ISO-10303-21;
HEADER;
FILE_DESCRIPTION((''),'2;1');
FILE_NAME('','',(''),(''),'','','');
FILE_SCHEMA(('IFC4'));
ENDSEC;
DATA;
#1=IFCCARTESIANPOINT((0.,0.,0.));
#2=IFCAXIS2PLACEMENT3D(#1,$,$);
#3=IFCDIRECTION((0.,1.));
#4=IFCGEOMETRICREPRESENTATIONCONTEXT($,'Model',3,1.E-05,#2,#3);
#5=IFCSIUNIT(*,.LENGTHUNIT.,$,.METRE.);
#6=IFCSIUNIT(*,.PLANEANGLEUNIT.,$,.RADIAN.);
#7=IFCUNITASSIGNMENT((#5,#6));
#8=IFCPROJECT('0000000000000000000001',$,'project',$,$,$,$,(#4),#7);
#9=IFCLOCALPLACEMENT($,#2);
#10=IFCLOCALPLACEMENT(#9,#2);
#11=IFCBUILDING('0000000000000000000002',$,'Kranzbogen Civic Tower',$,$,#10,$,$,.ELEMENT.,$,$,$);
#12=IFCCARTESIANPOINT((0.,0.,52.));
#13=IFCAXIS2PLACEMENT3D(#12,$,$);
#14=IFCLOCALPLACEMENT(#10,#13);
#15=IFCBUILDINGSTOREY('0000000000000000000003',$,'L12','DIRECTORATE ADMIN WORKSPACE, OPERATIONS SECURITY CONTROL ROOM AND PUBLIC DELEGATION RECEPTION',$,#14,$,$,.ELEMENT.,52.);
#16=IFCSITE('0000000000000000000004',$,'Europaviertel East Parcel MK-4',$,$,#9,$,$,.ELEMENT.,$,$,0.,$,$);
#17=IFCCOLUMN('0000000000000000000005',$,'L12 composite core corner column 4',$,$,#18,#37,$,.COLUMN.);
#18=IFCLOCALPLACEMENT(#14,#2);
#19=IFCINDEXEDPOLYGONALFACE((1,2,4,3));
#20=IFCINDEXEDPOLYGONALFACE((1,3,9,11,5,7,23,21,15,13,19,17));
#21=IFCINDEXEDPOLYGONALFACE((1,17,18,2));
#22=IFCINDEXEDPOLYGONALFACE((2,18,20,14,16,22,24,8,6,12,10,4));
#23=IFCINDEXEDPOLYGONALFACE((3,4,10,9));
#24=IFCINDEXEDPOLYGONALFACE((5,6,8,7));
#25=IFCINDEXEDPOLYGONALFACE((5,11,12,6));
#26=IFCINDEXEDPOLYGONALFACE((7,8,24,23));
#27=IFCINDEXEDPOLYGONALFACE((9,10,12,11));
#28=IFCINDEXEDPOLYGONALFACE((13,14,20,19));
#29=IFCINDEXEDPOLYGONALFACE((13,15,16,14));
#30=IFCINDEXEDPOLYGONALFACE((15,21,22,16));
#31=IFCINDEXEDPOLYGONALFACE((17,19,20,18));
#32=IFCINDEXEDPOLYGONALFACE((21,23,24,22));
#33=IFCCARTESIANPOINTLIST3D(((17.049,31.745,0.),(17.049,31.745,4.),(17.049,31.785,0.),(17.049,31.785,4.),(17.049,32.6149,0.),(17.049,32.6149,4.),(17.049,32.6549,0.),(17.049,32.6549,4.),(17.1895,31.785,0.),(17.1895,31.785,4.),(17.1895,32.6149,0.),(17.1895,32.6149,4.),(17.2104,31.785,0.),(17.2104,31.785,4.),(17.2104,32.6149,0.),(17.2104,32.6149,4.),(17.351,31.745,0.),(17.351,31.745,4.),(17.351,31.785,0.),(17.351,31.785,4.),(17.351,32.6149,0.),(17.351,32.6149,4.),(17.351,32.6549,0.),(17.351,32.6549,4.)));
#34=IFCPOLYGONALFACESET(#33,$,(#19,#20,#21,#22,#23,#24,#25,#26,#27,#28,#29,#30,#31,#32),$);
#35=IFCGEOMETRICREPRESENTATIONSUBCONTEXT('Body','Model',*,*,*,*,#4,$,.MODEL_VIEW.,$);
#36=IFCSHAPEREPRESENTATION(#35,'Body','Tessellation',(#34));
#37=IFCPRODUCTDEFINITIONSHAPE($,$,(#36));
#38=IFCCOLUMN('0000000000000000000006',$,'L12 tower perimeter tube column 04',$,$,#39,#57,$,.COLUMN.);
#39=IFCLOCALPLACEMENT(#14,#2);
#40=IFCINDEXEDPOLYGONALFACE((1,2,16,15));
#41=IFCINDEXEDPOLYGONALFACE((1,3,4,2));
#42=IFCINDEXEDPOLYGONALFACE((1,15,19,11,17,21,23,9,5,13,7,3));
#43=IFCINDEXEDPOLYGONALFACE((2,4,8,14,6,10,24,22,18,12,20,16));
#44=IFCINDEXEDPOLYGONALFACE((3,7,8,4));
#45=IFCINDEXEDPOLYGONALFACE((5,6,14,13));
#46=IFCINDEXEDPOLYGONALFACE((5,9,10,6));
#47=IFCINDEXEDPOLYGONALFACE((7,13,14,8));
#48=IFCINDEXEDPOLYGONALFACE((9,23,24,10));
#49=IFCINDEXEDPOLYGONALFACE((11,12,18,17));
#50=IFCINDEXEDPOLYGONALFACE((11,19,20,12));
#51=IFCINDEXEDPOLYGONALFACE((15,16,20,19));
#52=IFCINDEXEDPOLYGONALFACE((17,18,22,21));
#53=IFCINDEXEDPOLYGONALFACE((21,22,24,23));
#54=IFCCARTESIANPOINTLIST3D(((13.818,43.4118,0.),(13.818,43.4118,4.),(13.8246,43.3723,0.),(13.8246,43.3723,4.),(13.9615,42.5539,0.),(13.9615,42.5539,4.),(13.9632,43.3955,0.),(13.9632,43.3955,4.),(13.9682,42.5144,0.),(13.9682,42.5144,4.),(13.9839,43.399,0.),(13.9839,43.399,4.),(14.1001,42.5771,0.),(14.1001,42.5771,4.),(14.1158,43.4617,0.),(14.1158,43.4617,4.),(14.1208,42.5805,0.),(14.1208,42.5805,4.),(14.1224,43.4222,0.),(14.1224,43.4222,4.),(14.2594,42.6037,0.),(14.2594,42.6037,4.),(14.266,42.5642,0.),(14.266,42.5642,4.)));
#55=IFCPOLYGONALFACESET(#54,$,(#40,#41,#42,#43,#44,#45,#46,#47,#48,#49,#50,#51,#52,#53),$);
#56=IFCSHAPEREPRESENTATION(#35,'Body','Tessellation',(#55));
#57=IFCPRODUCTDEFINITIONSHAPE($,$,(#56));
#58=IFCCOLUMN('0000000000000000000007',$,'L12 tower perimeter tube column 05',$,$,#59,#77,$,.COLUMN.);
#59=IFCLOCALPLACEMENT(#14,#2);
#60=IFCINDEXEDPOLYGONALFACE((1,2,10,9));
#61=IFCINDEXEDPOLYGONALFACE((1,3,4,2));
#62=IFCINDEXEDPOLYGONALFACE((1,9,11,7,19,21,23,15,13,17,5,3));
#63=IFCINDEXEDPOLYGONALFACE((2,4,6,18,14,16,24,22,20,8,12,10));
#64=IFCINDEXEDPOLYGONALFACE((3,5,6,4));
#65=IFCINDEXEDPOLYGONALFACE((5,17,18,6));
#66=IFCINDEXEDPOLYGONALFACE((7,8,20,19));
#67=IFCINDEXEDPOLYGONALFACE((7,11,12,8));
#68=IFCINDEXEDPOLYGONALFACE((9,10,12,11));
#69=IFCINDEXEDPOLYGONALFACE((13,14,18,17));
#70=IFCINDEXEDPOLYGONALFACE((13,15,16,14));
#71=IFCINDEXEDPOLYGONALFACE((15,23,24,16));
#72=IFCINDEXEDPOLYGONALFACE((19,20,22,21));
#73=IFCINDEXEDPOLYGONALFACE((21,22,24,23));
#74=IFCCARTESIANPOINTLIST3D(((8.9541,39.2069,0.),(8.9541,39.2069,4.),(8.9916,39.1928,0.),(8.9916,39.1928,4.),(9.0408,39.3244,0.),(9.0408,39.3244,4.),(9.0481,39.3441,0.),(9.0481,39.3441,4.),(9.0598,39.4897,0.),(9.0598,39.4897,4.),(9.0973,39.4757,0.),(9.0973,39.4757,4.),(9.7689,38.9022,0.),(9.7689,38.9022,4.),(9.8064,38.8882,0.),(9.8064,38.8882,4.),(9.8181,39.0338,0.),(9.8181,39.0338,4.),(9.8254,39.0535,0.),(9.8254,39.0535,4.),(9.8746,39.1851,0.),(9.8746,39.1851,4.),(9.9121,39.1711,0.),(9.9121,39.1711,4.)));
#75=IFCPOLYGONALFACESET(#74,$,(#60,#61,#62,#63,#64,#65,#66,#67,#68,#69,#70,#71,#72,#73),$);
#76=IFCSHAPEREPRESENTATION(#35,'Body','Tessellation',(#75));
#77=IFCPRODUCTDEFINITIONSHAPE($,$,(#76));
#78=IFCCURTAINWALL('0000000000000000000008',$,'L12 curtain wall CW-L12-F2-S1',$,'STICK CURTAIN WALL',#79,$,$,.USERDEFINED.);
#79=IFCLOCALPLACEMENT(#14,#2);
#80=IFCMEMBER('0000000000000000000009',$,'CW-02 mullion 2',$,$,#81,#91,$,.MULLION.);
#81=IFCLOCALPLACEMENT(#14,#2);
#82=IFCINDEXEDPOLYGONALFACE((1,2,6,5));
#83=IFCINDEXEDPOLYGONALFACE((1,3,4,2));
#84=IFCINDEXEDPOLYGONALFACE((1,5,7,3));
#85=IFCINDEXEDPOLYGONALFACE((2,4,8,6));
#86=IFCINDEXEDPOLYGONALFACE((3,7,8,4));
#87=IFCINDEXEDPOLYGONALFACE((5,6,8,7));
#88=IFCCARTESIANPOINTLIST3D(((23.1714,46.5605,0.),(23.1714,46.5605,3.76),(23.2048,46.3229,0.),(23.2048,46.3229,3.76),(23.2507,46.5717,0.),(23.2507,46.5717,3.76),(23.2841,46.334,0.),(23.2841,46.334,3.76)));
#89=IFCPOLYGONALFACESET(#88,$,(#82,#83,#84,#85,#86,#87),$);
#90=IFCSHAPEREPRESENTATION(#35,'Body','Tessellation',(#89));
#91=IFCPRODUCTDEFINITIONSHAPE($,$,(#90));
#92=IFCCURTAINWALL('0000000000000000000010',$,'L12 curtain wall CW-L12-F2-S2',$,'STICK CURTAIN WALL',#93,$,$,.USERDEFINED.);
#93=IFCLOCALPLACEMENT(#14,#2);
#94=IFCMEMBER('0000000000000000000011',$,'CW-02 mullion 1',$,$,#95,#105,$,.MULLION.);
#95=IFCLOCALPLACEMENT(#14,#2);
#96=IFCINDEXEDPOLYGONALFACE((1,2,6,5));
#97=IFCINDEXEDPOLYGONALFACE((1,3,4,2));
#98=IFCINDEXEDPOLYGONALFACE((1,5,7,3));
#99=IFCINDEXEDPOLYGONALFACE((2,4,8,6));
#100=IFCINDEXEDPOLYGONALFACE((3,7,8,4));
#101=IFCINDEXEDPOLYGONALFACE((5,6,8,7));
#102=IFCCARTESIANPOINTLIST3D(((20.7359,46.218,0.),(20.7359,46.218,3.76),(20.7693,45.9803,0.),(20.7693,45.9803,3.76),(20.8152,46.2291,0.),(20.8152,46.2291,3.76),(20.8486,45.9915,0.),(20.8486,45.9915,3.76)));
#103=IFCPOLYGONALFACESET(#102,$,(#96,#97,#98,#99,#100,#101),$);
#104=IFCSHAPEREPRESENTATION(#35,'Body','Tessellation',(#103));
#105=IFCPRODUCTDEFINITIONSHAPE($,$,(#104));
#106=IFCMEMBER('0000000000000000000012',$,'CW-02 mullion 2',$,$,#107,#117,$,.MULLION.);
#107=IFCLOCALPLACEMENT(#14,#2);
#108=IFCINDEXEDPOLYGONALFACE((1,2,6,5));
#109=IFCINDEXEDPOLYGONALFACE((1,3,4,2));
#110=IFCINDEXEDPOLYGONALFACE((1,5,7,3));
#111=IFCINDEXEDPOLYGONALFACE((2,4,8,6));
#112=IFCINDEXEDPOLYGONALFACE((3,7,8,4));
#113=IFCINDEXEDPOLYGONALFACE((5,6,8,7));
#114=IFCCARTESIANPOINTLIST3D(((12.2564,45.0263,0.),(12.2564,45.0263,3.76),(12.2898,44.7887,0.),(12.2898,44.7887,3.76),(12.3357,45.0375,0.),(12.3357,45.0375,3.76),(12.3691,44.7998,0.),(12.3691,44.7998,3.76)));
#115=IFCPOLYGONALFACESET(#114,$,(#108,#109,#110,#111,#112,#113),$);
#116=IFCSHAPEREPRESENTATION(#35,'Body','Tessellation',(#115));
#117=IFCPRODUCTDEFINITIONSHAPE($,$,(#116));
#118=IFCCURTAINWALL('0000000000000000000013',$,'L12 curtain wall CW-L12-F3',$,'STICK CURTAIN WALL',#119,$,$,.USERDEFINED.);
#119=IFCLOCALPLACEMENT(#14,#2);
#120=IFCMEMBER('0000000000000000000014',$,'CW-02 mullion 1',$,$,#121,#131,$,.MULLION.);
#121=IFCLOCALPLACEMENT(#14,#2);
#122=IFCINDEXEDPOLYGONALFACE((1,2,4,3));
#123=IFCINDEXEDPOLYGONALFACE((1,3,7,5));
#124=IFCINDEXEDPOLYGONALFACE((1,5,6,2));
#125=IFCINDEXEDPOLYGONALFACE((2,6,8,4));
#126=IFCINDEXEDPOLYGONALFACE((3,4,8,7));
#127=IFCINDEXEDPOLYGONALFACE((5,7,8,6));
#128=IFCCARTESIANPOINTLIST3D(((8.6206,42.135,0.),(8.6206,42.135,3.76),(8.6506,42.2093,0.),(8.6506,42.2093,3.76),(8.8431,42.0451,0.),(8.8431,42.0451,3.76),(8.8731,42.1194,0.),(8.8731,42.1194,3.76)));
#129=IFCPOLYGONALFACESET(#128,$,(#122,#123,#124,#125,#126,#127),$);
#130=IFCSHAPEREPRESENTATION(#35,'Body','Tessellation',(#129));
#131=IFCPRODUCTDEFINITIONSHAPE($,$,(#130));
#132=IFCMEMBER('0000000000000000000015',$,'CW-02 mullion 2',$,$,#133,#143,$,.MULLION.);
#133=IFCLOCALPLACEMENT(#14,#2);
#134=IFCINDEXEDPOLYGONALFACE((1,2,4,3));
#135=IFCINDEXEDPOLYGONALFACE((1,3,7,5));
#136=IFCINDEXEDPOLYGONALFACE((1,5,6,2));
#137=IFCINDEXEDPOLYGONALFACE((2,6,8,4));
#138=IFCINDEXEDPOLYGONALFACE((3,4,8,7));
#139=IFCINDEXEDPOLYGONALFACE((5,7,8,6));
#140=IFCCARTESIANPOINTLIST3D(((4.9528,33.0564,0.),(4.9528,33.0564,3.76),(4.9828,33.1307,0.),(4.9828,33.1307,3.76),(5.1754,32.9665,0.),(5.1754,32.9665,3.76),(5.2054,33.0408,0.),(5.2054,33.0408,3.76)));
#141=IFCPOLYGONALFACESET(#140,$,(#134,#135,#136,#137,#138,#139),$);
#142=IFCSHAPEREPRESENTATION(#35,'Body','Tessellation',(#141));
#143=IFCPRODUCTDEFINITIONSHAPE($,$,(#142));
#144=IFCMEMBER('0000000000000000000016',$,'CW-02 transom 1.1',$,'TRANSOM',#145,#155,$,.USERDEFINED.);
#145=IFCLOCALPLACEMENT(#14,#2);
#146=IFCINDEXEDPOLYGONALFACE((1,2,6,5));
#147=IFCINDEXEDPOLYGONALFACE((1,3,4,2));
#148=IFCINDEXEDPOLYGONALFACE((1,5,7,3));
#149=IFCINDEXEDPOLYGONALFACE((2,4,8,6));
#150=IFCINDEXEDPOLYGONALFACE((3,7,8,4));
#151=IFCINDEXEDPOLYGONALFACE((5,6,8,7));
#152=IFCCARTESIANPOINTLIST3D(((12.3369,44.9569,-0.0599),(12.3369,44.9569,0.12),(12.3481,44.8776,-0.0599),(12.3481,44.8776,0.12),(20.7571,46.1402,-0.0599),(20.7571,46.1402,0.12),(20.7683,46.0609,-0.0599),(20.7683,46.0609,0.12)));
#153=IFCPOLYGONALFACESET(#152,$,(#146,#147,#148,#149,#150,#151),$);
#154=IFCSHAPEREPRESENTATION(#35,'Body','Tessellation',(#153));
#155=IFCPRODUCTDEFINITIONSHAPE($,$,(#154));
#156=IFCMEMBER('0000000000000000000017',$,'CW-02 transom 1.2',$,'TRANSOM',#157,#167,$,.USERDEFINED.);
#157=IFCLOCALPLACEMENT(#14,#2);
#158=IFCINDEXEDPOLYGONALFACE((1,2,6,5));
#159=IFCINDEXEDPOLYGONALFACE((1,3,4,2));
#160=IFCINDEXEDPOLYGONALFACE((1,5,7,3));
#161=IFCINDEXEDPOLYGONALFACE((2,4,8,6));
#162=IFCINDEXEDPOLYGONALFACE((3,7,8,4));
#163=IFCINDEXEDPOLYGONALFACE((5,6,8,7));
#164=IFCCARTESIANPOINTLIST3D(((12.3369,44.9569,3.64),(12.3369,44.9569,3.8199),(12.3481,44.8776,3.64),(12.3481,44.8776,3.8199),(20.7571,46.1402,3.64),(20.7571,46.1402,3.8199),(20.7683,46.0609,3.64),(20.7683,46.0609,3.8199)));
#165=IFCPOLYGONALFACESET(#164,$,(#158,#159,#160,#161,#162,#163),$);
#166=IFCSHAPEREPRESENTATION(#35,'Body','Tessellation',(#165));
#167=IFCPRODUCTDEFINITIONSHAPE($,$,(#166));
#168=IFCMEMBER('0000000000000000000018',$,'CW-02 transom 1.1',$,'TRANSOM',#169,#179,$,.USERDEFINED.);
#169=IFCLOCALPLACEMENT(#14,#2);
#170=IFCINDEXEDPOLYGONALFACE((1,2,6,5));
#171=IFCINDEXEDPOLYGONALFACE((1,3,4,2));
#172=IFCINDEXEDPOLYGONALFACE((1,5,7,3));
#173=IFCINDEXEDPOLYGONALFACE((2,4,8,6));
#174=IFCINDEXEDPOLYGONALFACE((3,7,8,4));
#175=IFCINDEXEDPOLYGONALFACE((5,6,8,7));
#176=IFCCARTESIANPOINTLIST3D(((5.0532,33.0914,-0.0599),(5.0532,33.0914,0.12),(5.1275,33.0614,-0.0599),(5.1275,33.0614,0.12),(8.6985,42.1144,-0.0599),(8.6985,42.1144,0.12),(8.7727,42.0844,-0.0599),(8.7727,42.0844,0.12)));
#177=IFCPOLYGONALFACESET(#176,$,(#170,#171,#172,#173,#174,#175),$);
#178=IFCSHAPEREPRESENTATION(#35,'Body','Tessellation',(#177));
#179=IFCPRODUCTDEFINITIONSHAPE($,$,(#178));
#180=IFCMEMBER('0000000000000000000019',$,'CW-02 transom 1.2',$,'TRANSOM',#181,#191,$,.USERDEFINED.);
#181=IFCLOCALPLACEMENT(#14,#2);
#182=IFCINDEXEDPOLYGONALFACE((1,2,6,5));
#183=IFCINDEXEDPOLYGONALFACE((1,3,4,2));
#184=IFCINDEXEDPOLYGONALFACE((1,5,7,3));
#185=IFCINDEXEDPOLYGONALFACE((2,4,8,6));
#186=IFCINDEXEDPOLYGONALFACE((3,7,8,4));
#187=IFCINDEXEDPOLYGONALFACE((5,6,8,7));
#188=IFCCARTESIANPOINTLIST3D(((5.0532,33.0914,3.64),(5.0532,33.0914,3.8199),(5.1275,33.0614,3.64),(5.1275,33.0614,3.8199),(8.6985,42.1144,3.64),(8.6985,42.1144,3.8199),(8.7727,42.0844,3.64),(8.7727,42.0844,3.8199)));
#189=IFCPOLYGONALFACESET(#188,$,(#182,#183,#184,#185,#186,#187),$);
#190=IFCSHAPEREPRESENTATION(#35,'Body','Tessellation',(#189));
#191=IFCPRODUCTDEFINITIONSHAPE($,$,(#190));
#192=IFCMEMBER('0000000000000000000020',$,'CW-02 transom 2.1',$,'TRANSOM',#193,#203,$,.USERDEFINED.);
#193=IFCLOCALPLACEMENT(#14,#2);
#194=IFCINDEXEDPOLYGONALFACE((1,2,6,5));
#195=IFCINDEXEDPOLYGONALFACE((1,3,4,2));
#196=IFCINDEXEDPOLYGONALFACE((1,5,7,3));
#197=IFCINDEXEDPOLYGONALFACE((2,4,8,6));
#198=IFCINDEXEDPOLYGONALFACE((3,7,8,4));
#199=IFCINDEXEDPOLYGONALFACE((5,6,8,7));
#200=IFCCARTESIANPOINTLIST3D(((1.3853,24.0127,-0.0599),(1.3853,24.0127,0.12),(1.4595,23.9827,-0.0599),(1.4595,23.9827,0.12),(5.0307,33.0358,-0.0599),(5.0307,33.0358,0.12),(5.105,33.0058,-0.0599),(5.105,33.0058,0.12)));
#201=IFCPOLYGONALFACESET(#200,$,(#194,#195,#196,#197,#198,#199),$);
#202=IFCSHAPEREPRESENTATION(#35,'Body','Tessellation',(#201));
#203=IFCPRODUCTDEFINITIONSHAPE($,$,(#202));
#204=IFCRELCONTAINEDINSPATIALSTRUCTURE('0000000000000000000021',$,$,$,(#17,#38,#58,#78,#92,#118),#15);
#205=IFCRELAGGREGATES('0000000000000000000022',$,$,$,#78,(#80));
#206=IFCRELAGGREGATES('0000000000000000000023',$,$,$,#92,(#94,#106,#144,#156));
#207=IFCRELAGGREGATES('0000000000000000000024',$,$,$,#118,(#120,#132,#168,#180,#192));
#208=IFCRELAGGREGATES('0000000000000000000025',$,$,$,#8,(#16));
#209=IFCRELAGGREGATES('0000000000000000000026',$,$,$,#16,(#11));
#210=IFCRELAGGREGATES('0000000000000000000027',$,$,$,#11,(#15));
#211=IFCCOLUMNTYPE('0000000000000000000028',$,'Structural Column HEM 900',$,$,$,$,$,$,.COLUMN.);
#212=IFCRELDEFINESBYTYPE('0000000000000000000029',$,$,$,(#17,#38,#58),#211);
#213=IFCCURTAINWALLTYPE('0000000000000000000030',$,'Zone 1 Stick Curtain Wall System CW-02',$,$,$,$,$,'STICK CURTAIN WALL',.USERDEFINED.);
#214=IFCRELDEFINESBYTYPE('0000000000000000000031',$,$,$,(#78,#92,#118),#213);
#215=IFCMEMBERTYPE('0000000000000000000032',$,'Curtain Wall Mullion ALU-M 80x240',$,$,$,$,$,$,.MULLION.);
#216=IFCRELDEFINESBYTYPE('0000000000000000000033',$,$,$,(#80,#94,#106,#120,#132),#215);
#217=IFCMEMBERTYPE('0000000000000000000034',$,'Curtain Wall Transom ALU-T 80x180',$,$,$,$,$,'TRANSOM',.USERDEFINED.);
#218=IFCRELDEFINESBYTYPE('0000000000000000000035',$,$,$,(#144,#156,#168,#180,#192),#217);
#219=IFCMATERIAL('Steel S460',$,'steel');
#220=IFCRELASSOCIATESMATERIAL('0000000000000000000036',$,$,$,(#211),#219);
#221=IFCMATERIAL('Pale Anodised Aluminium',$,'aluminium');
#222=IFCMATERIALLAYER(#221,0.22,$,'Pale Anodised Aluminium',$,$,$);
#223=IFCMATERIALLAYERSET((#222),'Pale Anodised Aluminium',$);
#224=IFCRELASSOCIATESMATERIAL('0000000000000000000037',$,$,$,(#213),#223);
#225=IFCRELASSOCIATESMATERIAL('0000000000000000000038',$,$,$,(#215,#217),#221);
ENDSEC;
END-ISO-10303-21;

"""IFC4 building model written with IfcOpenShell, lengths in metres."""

from ifc_helpers import new_model, si_unit, direction, frame, origin, origin_2d, place, context, subcontext, project, spatial, rectangle, i_section, extrude, material, layer, layer_set, material_profile, profile_set, type_object, element, aggregate, save


model = new_model("IFC4")

# Units and contexts
model_context = context("Model", 3, precision=1e-05, world=origin(), true_north=direction((0.0, 1.0)))
body_context = subcontext(model_context, "Body", "Model", "MODEL_VIEW")
ifc_project = project(units=[si_unit("LENGTHUNIT", "METRE"), si_unit("PLANEANGLEUNIT", "RADIAN")], contexts=[model_context])

# Site, building, storey
site_placement = place(None, origin())
site = spatial("IfcSite", under=ifc_project, at=site_placement, Name="Europaviertel East Parcel MK-4", CompositionType="ELEMENT", RefElevation=0.0)
building_placement = place(site_placement, origin())
building = spatial("IfcBuilding", under=site, at=building_placement, Name="Kranzbogen Civic Tower", CompositionType="ELEMENT")
storey_placement = place(building_placement, frame((0.0, 0.0, 52.0)))
storey = spatial("IfcBuildingStorey", under=building, at=storey_placement, Name="L12", Description="DIRECTORATE ADMIN WORKSPACE, OPERATIONS SECURITY CONTROL ROOM AND PUBLIC DELEGATION RECEPTION", CompositionType="ELEMENT", Elevation=52.0)

# Columns
ifc_material_1 = material(Name="Steel S460", Category="steel")
ifc_material_profile_1 = material_profile(ifc_material_1, i_section(OverallWidth=0.302, OverallDepth=0.9099, WebThickness=0.021, FlangeThickness=0.04, at=origin_2d()), Name="HEM 900")
ifc_profile_set_1 = profile_set([ifc_material_profile_1], Name="Steel S460")
column_type = type_object("IfcColumnType", Name="Structural Column HEM 900", PredefinedType="COLUMN", material=ifc_profile_set_1)
for number, where, z_axis, x_axis, name in (
    (1, (17.2, 32.2, 0.0), (0.0, 0.0, 1.0), (1.0, 0.0, 0.0), "L12 composite core corner column 4"),
    (2, (14.042, 42.988, 0.0), (0.0, 0.0, 1.0), (0.986286, 0.165048, 0.0), "L12 tower perimeter tube column 04"),
    (3, (9.4331, 39.189, 0.0), (0.0, 0.0, 1.0), (0.350207, 0.936672, 0.0), "L12 tower perimeter tube column 05"),
):
    element("IfcColumn", number, at=place(storey_placement, frame(where, z_axis=z_axis, x_axis=x_axis)), inside=storey, type_object=column_type, Name=name, PredefinedType="COLUMN", context=body_context, shape_type="SweptSolid", body=[
        extrude(i_section(OverallWidth=0.302, OverallDepth=0.9099, WebThickness=0.021, FlangeThickness=0.04, at=origin_2d()), origin(), (0.0, 0.0, 1.0), 4.0),
    ])

# Curtain wall, member
ifc_material_2 = material(Name="Pale Anodised Aluminium", Category="aluminium")
ifc_layer_1 = layer(ifc_material_2, 0.22, Name="Pale Anodised Aluminium")
ifc_layer_set_1 = layer_set([ifc_layer_1], Name="Pale Anodised Aluminium")
curtain_wall_type = type_object("IfcCurtainWallType", Name="Zone 1 Stick Curtain Wall System CW-02", ElementType="STICK CURTAIN WALL", PredefinedType="USERDEFINED", material=ifc_layer_set_1)
curtain_wall_1_placement = place(storey_placement, origin())
curtain_wall_1 = element("IfcCurtainWall", 4, at=curtain_wall_1_placement, inside=storey, type_object=curtain_wall_type, Name="L12 curtain wall CW-L12-F2-S1", ObjectType="STICK CURTAIN WALL", PredefinedType="USERDEFINED")
ifc_material_profile_2 = material_profile(ifc_material_2, rectangle(XDim=0.0801, YDim=0.24, at=origin_2d()), Name="ALU-M 80x240")
ifc_profile_set_2 = profile_set([ifc_material_profile_2], Name="Pale Anodised Aluminium")
member_type_1 = type_object("IfcMemberType", Name="Curtain Wall Mullion ALU-M 80x240", PredefinedType="MULLION", material=ifc_profile_set_2)
member_1_placement = place(storey_placement, frame((23.2278, 46.4473, 0.0), z_axis=(0.0, 0.0, 1.0), x_axis=(-0.990267, -0.13918, 0.0)))
member_1 = element("IfcMember", 5, at=member_1_placement, type_object=member_type_1, Name="CW-02 mullion 2", PredefinedType="MULLION", context=body_context, shape_type="SweptSolid", body=[
    extrude(rectangle(XDim=0.0801, YDim=0.24, at=origin_2d()), origin(), (0.0, 0.0, 1.0), 3.76),
])
aggregate(curtain_wall_1, [member_1])

# Curtain walls, members
curtain_wall_2_placement = place(storey_placement, origin())
curtain_wall_2 = element("IfcCurtainWall", 6, at=curtain_wall_2_placement, inside=storey, type_object=curtain_wall_type, Name="L12 curtain wall CW-L12-F2-S2", ObjectType="STICK CURTAIN WALL", PredefinedType="USERDEFINED")
member_2_placement = place(storey_placement, frame((20.7922, 46.1047, 0.0), z_axis=(0.0, 0.0, 1.0), x_axis=(-0.990269, -0.139164, 0.0)))
member_2 = element("IfcMember", 7, at=member_2_placement, type_object=member_type_1, Name="CW-02 mullion 1", PredefinedType="MULLION", context=body_context, shape_type="SweptSolid", body=[
    extrude(rectangle(XDim=0.0801, YDim=0.24, at=origin_2d()), origin(), (0.0, 0.0, 1.0), 3.76),
])
member_3_placement = place(storey_placement, frame((12.3127, 44.9131, 0.0), z_axis=(0.0, 0.0, 1.0), x_axis=(-0.990269, -0.139164, 0.0)))
member_3 = element("IfcMember", 8, at=member_3_placement, type_object=member_type_1, Name="CW-02 mullion 2", PredefinedType="MULLION", context=body_context, shape_type="SweptSolid", body=[
    extrude(rectangle(XDim=0.0801, YDim=0.24, at=origin_2d()), origin(), (0.0, 0.0, 1.0), 3.76),
])
curtain_wall_3_placement = place(storey_placement, origin())
curtain_wall_3 = element("IfcCurtainWall", 9, at=curtain_wall_3_placement, inside=storey, type_object=curtain_wall_type, Name="L12 curtain wall CW-L12-F3", ObjectType="STICK CURTAIN WALL", PredefinedType="USERDEFINED")
member_4_placement = place(storey_placement, frame((8.7468, 42.1272, 0.0), z_axis=(0.0, 0.0, 1.0), x_axis=(-0.374583, -0.927193, 0.0)))
member_4 = element("IfcMember", 10, at=member_4_placement, type_object=member_type_1, Name="CW-02 mullion 1", PredefinedType="MULLION", context=body_context, shape_type="SweptSolid", body=[
    extrude(rectangle(XDim=0.0801, YDim=0.24, at=origin_2d()), origin(), (0.0, 0.0, 1.0), 3.76),
])
member_5_placement = place(storey_placement, frame((5.0791, 33.0486, 0.0), z_axis=(0.0, 0.0, 1.0), x_axis=(-0.374583, -0.927193, 0.0)))
member_5 = element("IfcMember", 11, at=member_5_placement, type_object=member_type_1, Name="CW-02 mullion 2", PredefinedType="MULLION", context=body_context, shape_type="SweptSolid", body=[
    extrude(rectangle(XDim=0.0801, YDim=0.24, at=origin_2d()), origin(), (0.0, 0.0, 1.0), 3.76),
])

# Members
ifc_material_profile_3 = material_profile(ifc_material_2, rectangle(XDim=0.0801, YDim=0.1799, at=origin_2d()), Name="ALU-T 80x180")
ifc_profile_set_3 = profile_set([ifc_material_profile_3], Name="Pale Anodised Aluminium")
member_type_2 = type_object("IfcMemberType", Name="Curtain Wall Transom ALU-T 80x180", ElementType="TRANSOM", PredefinedType="USERDEFINED", material=ifc_profile_set_3)
member_6_placement = place(storey_placement, frame((20.7627, 46.1006, 0.03), z_axis=(-0.990269, -0.13917, 0.0), x_axis=(0.13917, -0.990269, 0.0)))
member_6 = element("IfcMember", 12, at=member_6_placement, type_object=member_type_2, Name="CW-02 transom 1.1", ObjectType="TRANSOM", PredefinedType="USERDEFINED", context=body_context, shape_type="SweptSolid", body=[
    extrude(rectangle(XDim=0.0801, YDim=0.1799, at=origin_2d()), origin(), (0.0, 0.0, 1.0), 8.5029),
])
member_7_placement = place(storey_placement, frame((20.7627, 46.1006, 3.73), z_axis=(-0.990269, -0.13917, 0.0), x_axis=(0.13917, -0.990269, 0.0)))
member_7 = element("IfcMember", 13, at=member_7_placement, type_object=member_type_2, Name="CW-02 transom 1.2", ObjectType="TRANSOM", PredefinedType="USERDEFINED", context=body_context, shape_type="SweptSolid", body=[
    extrude(rectangle(XDim=0.0801, YDim=0.1799, at=origin_2d()), origin(), (0.0, 0.0, 1.0), 8.5029),
])
member_8_placement = place(storey_placement, frame((8.7356, 42.0994, 0.03), z_axis=(-0.374585, -0.927193, 0.0), x_axis=(0.927193, -0.374585, 0.0)))
member_8 = element("IfcMember", 14, at=member_8_placement, type_object=member_type_2, Name="CW-02 transom 1.1", ObjectType="TRANSOM", PredefinedType="USERDEFINED", context=body_context, shape_type="SweptSolid", body=[
    extrude(rectangle(XDim=0.0801, YDim=0.1799, at=origin_2d()), origin(), (0.0, 0.0, 1.0), 9.7314),
])
member_9_placement = place(storey_placement, frame((8.7356, 42.0994, 3.73), z_axis=(-0.374585, -0.927193, 0.0), x_axis=(0.927193, -0.374585, 0.0)))
member_9 = element("IfcMember", 15, at=member_9_placement, type_object=member_type_2, Name="CW-02 transom 1.2", ObjectType="TRANSOM", PredefinedType="USERDEFINED", context=body_context, shape_type="SweptSolid", body=[
    extrude(rectangle(XDim=0.0801, YDim=0.1799, at=origin_2d()), origin(), (0.0, 0.0, 1.0), 9.7314),
])
member_10_placement = place(storey_placement, frame((5.0679, 33.0208, 0.03), z_axis=(-0.374598, -0.927187, 0.0), x_axis=(0.927187, -0.374598, 0.0)))
member_10 = element("IfcMember", 16, at=member_10_placement, type_object=member_type_2, Name="CW-02 transom 2.1", ObjectType="TRANSOM", PredefinedType="USERDEFINED", context=body_context, shape_type="SweptSolid", body=[
    extrude(rectangle(XDim=0.0801, YDim=0.1799, at=origin_2d()), origin(), (0.0, 0.0, 1.0), 9.7317),
])

aggregate(curtain_wall_2, [member_2, member_3, member_6, member_7])
aggregate(curtain_wall_3, [member_4, member_5, member_8, member_9, member_10])

save(model, "model.ifc")
